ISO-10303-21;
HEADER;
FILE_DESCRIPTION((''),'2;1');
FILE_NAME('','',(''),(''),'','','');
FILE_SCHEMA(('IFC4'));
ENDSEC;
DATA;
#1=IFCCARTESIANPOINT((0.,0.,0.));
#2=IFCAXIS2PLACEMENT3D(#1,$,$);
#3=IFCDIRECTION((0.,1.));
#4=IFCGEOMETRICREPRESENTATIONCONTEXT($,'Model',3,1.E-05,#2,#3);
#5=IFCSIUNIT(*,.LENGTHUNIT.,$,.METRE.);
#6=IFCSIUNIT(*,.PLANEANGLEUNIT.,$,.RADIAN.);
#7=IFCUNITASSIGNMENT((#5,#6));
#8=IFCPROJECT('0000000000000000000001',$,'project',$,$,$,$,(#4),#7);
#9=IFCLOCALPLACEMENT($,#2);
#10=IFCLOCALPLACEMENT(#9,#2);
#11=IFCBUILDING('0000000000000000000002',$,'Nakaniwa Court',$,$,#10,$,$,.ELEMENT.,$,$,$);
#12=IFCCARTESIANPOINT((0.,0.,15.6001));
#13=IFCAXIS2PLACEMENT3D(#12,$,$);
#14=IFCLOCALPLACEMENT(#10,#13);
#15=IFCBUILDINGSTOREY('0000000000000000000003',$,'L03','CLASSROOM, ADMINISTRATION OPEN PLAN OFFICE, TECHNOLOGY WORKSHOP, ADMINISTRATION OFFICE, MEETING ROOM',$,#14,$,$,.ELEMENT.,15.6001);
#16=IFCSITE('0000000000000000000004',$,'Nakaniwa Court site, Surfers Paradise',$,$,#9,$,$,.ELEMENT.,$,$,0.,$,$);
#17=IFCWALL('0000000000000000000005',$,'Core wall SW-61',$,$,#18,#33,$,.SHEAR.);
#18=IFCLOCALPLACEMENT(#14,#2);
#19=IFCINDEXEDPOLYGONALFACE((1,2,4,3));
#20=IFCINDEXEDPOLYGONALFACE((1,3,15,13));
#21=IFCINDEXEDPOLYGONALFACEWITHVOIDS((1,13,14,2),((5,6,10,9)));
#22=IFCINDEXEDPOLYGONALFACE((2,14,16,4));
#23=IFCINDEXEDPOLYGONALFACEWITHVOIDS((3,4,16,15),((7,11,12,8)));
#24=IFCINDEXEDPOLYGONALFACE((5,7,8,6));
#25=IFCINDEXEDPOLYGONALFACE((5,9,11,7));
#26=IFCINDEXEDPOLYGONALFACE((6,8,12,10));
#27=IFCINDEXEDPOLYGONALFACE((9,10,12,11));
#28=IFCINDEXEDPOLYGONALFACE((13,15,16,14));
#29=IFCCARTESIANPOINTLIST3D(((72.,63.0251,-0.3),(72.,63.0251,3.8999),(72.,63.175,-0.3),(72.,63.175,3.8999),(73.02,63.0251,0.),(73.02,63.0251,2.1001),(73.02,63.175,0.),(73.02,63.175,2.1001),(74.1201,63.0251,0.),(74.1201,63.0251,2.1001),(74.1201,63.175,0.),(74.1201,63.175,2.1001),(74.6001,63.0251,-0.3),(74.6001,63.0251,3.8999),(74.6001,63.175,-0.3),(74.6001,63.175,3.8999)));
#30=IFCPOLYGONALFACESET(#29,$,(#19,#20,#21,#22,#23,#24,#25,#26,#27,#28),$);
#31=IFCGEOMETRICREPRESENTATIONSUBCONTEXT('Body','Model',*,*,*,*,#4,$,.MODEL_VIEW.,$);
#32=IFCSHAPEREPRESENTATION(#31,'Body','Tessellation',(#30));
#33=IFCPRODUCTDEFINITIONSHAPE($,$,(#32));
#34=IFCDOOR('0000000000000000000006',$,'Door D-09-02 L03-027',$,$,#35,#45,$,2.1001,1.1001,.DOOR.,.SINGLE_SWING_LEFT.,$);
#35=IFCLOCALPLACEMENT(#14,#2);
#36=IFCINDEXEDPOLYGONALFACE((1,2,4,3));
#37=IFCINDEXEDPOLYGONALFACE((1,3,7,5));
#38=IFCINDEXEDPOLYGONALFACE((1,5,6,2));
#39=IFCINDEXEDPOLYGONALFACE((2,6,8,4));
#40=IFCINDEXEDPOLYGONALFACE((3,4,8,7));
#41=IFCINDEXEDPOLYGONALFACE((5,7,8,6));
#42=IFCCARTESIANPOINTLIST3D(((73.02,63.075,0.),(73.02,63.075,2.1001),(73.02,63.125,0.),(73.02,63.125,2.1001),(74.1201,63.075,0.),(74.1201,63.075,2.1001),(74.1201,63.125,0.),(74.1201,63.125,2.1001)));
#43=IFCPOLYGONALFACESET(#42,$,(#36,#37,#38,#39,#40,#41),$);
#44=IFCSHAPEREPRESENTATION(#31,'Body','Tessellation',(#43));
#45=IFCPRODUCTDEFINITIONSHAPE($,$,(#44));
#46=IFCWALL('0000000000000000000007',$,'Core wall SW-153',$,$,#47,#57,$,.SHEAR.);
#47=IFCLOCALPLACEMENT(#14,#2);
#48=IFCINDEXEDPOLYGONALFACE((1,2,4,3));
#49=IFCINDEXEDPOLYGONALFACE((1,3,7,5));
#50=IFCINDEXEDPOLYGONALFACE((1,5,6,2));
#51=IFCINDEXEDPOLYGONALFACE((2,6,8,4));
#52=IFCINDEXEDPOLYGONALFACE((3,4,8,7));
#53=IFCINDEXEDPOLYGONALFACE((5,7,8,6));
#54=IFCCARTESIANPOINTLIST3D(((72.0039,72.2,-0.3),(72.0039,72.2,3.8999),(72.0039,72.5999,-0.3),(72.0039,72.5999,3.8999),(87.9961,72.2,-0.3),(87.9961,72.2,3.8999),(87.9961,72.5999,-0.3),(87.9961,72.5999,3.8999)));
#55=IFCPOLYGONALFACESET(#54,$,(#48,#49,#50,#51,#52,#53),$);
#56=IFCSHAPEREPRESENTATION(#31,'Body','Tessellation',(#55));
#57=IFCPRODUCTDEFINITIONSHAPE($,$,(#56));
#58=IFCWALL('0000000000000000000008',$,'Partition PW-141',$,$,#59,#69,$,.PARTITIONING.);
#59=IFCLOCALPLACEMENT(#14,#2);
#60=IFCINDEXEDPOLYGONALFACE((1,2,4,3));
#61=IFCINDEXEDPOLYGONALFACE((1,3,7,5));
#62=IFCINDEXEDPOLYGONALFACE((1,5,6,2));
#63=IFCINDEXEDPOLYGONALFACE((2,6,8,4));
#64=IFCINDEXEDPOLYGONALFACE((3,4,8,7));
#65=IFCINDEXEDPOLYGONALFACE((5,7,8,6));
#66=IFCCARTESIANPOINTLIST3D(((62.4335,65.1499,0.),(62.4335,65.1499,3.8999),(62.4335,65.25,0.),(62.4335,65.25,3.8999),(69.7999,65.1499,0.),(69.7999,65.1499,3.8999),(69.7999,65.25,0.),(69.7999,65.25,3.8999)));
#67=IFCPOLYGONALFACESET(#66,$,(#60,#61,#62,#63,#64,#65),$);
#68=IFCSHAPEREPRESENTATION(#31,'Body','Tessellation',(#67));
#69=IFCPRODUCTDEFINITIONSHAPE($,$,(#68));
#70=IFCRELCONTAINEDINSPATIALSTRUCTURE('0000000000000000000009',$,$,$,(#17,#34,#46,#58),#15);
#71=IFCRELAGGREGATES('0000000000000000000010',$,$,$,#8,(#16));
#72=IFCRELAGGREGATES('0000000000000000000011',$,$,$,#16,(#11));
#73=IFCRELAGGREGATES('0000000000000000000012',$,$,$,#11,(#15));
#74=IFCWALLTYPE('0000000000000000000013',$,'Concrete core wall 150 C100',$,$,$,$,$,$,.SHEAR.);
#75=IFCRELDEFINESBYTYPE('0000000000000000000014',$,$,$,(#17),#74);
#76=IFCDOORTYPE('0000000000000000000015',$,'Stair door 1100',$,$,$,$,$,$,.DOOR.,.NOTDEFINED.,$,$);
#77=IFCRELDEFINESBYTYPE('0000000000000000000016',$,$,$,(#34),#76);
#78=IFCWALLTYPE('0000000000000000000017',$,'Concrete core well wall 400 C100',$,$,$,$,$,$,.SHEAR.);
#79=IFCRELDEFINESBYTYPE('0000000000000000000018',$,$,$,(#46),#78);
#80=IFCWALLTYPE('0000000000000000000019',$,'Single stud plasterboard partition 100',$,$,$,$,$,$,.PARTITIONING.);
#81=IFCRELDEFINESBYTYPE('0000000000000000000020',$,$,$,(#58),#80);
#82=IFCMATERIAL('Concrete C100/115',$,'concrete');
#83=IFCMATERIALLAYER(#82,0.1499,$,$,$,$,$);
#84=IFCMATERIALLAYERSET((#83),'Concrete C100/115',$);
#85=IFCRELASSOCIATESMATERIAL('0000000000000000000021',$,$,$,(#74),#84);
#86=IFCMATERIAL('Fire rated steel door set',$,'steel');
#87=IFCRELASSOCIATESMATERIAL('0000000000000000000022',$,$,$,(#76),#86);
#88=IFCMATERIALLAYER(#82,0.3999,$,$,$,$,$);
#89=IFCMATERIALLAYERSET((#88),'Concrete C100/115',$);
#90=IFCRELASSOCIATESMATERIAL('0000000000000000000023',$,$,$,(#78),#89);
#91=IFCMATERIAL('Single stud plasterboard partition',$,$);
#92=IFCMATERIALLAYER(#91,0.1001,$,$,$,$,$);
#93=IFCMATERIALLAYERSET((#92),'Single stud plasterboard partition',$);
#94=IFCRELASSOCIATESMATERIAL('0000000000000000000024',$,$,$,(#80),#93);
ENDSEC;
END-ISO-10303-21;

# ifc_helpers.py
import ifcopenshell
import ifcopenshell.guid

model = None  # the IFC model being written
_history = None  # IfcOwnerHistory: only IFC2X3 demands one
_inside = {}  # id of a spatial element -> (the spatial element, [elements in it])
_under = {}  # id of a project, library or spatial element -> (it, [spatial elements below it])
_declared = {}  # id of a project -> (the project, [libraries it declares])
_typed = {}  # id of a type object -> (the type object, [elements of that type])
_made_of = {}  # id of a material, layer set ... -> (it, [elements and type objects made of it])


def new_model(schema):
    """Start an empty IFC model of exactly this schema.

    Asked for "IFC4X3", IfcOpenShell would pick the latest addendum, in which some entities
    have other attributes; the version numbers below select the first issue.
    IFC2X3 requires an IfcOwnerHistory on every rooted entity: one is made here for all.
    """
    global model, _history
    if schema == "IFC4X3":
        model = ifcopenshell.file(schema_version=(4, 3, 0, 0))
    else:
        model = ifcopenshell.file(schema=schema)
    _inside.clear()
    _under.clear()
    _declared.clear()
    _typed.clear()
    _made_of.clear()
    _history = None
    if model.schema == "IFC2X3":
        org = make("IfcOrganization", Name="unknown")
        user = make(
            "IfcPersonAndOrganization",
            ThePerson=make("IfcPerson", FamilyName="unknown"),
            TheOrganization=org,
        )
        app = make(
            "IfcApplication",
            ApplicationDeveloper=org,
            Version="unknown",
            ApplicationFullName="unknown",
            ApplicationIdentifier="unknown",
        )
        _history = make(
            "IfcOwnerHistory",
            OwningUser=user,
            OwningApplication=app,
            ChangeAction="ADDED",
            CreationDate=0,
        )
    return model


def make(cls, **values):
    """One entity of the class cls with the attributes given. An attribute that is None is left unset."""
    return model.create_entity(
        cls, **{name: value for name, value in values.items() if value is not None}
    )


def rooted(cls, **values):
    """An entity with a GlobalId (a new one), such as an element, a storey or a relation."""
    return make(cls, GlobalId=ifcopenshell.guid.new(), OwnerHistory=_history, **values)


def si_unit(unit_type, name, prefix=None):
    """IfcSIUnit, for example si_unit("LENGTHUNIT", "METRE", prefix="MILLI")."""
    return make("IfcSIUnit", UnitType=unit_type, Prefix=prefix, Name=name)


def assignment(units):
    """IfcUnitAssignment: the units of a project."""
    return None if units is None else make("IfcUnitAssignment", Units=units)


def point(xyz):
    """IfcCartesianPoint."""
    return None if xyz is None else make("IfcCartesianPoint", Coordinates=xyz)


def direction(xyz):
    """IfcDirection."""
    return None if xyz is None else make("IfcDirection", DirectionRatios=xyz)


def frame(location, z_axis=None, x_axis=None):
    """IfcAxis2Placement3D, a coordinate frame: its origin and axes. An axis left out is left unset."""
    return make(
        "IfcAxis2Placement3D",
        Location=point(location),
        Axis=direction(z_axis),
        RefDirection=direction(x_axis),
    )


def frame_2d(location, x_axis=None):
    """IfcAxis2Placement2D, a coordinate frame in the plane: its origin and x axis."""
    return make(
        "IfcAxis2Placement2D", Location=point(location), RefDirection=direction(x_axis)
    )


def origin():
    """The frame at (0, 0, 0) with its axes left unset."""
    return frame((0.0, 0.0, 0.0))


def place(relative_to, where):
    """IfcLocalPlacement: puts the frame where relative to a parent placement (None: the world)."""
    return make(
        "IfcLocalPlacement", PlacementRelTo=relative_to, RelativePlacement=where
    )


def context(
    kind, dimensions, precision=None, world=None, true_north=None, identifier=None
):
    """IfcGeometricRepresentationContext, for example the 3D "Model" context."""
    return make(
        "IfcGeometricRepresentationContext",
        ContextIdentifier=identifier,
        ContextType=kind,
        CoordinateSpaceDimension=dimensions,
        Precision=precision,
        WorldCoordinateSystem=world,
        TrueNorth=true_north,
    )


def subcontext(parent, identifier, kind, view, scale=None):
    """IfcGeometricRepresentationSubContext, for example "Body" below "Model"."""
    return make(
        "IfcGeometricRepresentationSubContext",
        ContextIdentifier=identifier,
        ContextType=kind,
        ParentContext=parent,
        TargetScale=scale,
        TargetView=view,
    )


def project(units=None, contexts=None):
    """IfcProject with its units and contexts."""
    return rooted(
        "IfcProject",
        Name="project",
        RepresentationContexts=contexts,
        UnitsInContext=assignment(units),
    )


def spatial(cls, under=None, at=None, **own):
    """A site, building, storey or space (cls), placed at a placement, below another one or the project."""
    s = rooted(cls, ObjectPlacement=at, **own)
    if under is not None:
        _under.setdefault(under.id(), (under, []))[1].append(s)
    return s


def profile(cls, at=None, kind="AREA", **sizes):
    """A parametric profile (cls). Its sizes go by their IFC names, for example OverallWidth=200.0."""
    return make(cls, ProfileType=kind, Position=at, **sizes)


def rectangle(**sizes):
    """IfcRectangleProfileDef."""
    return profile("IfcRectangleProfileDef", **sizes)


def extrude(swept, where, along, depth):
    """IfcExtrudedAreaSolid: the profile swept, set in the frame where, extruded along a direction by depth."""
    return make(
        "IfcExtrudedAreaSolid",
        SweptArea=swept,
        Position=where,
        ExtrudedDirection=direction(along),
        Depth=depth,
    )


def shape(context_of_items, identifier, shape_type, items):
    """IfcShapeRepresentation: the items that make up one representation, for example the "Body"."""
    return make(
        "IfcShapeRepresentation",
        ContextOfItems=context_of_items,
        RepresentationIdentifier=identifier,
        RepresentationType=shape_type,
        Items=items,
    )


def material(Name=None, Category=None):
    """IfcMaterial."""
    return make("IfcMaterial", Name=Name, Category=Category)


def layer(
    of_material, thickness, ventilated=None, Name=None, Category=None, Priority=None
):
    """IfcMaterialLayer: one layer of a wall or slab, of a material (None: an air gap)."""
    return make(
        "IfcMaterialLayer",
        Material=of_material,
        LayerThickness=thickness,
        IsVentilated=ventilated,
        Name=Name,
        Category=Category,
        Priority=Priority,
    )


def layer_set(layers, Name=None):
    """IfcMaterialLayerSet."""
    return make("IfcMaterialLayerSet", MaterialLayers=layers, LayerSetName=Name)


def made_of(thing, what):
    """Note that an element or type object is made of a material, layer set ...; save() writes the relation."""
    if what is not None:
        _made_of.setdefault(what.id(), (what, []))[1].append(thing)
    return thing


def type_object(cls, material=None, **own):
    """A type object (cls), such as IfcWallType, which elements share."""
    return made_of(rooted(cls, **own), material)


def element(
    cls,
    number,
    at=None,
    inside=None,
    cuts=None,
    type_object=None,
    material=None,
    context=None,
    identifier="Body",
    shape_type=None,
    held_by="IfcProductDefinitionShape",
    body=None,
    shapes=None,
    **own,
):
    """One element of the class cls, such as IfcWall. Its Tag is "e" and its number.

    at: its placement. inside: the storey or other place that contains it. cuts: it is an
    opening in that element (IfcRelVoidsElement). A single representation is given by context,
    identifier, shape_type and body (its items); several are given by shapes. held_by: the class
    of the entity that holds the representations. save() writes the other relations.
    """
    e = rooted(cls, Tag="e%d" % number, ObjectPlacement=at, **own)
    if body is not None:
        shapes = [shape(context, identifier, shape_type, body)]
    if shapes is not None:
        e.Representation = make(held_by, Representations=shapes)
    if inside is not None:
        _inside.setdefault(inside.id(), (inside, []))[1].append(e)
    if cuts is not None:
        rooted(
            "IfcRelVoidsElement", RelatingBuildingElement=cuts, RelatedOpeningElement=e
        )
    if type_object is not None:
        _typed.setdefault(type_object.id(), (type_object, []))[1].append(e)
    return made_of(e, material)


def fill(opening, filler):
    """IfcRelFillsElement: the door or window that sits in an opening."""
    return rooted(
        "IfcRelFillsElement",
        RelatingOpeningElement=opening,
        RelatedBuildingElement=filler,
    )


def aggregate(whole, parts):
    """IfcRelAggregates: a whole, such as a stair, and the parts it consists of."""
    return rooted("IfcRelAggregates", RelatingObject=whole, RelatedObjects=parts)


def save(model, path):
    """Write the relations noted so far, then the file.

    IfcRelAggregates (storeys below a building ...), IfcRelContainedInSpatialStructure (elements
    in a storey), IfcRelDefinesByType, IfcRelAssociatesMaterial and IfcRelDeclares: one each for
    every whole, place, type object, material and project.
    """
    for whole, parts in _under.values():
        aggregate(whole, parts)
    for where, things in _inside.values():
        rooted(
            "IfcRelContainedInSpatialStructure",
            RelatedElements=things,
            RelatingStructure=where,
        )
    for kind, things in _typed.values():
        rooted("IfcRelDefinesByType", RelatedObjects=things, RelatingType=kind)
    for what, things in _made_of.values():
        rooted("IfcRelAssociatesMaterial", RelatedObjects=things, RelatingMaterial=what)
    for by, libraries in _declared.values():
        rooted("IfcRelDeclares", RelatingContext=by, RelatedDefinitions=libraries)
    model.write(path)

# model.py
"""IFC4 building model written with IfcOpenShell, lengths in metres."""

from ifc_helpers import new_model, si_unit, direction, frame, frame_2d, origin, place, context, subcontext, project, spatial, rectangle, extrude, material, layer, layer_set, type_object, element, fill, save


model = new_model("IFC4")

# Units and contexts
model_context = context("Model", 3, precision=1e-05, world=origin(), true_north=direction((0.0, 1.0)))
body_context = subcontext(model_context, "Body", "Model", "MODEL_VIEW")
ifc_project = project(units=[si_unit("LENGTHUNIT", "METRE"), si_unit("PLANEANGLEUNIT", "RADIAN")], contexts=[model_context])

# Site, building, storey
site_placement = place(None, origin())
site = spatial("IfcSite", under=ifc_project, at=site_placement, Name="Nakaniwa Court site, Surfers Paradise", CompositionType="ELEMENT", RefElevation=0.0)
building_placement = place(site_placement, origin())
building = spatial("IfcBuilding", under=site, at=building_placement, Name="Nakaniwa Court", CompositionType="ELEMENT")
storey_placement = place(building_placement, frame((0.0, 0.0, 15.6001)))
storey = spatial("IfcBuildingStorey", under=building, at=storey_placement, Name="L03", Description="CLASSROOM, ADMINISTRATION OPEN PLAN OFFICE, TECHNOLOGY WORKSHOP, ADMINISTRATION OFFICE, MEETING ROOM", CompositionType="ELEMENT", Elevation=15.6001)

# Shared definitions
ifc_material_1 = material(Name="Concrete C100/115", Category="concrete")

# Wall, opening, door
ifc_material_2 = material(Name="Fire rated steel door set", Category="steel")
ifc_layer_1 = layer(ifc_material_1, 0.1499)
ifc_layer_set_1 = layer_set([ifc_layer_1], Name="Concrete C100/115")
wall_type_1 = type_object("IfcWallType", Name="Concrete core wall 150 C100", PredefinedType="SHEAR", material=ifc_layer_set_1)
wall_1_placement = place(storey_placement, frame((72.0, 63.1001, -0.3), z_axis=(0.0, 0.0, 1.0), x_axis=(1.0, 0.0, 0.0)))
wall_1 = element("IfcWall", 1, at=wall_1_placement, inside=storey, type_object=wall_type_1, Name="Core wall SW-61", PredefinedType="SHEAR", context=body_context, shape_type="SweptSolid", body=[
    extrude(rectangle(XDim=2.6001, YDim=0.1499, at=frame_2d((1.3, 0.0))), origin(), (0.0, 0.0, 1.0), 4.2),
])
opening_1_placement = place(wall_1_placement, frame((1.02, 0.0, 0.3)))
opening_1 = element("IfcOpeningElement", 2, at=opening_1_placement, cuts=wall_1, PredefinedType="OPENING", context=body_context, shape_type="SweptSolid", body=[
    extrude(rectangle(XDim=1.1001, YDim=2.1001, at=frame_2d((0.55, 1.05))), frame((0.0, 0.085, 0.0), z_axis=(0.0, -1.0, 0.0), x_axis=(1.0, 0.0, 0.0)), (0.0, 0.0, 1.0), 0.1699),
])
door_type_1 = type_object("IfcDoorType", Name="Stair door 1100", OperationType="NOTDEFINED", PredefinedType="DOOR", material=ifc_material_2)
door_1_placement = place(opening_1_placement, origin())
door_1 = element("IfcDoor", 3, at=door_1_placement, inside=storey, type_object=door_type_1, Name="Door D-09-02 L03-027", OperationType="SINGLE_SWING_LEFT", OverallHeight=2.1001, OverallWidth=1.1001, PredefinedType="DOOR", context=body_context, shape_type="SweptSolid", body=[
    extrude(rectangle(XDim=1.1001, YDim=2.1001, at=frame_2d((0.55, 1.05))), frame((0.0, 0.0249, 0.0), z_axis=(0.0, -1.0, 0.0), x_axis=(1.0, 0.0, 0.0)), (0.0, 0.0, 1.0), 0.05),
])
fill(opening_1, door_1)

# Walls
ifc_layer_2 = layer(ifc_material_1, 0.3999)
ifc_layer_set_2 = layer_set([ifc_layer_2], Name="Concrete C100/115")
wall_type_2 = type_object("IfcWallType", Name="Concrete core well wall 400 C100", PredefinedType="SHEAR", material=ifc_layer_set_2)
wall_2_placement = place(storey_placement, frame((72.0039, 72.3999, -0.3), z_axis=(0.0, 0.0, 1.0), x_axis=(1.0, 0.0, 0.0)))
element("IfcWall", 4, at=wall_2_placement, inside=storey, type_object=wall_type_2, Name="Core wall SW-153", PredefinedType="SHEAR", context=body_context, shape_type="SweptSolid", body=[
    extrude(rectangle(XDim=15.9922, YDim=0.3999, at=frame_2d((7.9961, 0.0))), origin(), (0.0, 0.0, 1.0), 4.2),
])
ifc_material_3 = material(Name="Single stud plasterboard partition")
ifc_layer_3 = layer(ifc_material_3, 0.1001)
ifc_layer_set_3 = layer_set([ifc_layer_3], Name="Single stud plasterboard partition")
wall_type_3 = type_object("IfcWallType", Name="Single stud plasterboard partition 100", PredefinedType="PARTITIONING", material=ifc_layer_set_3)
wall_3_placement = place(storey_placement, frame((62.4336, 65.2, 0.0), z_axis=(0.0, 0.0, 1.0), x_axis=(1.0, 0.0, 0.0)))
element("IfcWall", 5, at=wall_3_placement, inside=storey, type_object=wall_type_3, Name="Partition PW-141", PredefinedType="PARTITIONING", context=body_context, shape_type="SweptSolid", body=[
    extrude(rectangle(XDim=7.3665, YDim=0.1001, at=frame_2d((3.6831, 0.0))), origin(), (0.0, 0.0, 1.0), 3.8999),
])

save(model, "model.ifc")
